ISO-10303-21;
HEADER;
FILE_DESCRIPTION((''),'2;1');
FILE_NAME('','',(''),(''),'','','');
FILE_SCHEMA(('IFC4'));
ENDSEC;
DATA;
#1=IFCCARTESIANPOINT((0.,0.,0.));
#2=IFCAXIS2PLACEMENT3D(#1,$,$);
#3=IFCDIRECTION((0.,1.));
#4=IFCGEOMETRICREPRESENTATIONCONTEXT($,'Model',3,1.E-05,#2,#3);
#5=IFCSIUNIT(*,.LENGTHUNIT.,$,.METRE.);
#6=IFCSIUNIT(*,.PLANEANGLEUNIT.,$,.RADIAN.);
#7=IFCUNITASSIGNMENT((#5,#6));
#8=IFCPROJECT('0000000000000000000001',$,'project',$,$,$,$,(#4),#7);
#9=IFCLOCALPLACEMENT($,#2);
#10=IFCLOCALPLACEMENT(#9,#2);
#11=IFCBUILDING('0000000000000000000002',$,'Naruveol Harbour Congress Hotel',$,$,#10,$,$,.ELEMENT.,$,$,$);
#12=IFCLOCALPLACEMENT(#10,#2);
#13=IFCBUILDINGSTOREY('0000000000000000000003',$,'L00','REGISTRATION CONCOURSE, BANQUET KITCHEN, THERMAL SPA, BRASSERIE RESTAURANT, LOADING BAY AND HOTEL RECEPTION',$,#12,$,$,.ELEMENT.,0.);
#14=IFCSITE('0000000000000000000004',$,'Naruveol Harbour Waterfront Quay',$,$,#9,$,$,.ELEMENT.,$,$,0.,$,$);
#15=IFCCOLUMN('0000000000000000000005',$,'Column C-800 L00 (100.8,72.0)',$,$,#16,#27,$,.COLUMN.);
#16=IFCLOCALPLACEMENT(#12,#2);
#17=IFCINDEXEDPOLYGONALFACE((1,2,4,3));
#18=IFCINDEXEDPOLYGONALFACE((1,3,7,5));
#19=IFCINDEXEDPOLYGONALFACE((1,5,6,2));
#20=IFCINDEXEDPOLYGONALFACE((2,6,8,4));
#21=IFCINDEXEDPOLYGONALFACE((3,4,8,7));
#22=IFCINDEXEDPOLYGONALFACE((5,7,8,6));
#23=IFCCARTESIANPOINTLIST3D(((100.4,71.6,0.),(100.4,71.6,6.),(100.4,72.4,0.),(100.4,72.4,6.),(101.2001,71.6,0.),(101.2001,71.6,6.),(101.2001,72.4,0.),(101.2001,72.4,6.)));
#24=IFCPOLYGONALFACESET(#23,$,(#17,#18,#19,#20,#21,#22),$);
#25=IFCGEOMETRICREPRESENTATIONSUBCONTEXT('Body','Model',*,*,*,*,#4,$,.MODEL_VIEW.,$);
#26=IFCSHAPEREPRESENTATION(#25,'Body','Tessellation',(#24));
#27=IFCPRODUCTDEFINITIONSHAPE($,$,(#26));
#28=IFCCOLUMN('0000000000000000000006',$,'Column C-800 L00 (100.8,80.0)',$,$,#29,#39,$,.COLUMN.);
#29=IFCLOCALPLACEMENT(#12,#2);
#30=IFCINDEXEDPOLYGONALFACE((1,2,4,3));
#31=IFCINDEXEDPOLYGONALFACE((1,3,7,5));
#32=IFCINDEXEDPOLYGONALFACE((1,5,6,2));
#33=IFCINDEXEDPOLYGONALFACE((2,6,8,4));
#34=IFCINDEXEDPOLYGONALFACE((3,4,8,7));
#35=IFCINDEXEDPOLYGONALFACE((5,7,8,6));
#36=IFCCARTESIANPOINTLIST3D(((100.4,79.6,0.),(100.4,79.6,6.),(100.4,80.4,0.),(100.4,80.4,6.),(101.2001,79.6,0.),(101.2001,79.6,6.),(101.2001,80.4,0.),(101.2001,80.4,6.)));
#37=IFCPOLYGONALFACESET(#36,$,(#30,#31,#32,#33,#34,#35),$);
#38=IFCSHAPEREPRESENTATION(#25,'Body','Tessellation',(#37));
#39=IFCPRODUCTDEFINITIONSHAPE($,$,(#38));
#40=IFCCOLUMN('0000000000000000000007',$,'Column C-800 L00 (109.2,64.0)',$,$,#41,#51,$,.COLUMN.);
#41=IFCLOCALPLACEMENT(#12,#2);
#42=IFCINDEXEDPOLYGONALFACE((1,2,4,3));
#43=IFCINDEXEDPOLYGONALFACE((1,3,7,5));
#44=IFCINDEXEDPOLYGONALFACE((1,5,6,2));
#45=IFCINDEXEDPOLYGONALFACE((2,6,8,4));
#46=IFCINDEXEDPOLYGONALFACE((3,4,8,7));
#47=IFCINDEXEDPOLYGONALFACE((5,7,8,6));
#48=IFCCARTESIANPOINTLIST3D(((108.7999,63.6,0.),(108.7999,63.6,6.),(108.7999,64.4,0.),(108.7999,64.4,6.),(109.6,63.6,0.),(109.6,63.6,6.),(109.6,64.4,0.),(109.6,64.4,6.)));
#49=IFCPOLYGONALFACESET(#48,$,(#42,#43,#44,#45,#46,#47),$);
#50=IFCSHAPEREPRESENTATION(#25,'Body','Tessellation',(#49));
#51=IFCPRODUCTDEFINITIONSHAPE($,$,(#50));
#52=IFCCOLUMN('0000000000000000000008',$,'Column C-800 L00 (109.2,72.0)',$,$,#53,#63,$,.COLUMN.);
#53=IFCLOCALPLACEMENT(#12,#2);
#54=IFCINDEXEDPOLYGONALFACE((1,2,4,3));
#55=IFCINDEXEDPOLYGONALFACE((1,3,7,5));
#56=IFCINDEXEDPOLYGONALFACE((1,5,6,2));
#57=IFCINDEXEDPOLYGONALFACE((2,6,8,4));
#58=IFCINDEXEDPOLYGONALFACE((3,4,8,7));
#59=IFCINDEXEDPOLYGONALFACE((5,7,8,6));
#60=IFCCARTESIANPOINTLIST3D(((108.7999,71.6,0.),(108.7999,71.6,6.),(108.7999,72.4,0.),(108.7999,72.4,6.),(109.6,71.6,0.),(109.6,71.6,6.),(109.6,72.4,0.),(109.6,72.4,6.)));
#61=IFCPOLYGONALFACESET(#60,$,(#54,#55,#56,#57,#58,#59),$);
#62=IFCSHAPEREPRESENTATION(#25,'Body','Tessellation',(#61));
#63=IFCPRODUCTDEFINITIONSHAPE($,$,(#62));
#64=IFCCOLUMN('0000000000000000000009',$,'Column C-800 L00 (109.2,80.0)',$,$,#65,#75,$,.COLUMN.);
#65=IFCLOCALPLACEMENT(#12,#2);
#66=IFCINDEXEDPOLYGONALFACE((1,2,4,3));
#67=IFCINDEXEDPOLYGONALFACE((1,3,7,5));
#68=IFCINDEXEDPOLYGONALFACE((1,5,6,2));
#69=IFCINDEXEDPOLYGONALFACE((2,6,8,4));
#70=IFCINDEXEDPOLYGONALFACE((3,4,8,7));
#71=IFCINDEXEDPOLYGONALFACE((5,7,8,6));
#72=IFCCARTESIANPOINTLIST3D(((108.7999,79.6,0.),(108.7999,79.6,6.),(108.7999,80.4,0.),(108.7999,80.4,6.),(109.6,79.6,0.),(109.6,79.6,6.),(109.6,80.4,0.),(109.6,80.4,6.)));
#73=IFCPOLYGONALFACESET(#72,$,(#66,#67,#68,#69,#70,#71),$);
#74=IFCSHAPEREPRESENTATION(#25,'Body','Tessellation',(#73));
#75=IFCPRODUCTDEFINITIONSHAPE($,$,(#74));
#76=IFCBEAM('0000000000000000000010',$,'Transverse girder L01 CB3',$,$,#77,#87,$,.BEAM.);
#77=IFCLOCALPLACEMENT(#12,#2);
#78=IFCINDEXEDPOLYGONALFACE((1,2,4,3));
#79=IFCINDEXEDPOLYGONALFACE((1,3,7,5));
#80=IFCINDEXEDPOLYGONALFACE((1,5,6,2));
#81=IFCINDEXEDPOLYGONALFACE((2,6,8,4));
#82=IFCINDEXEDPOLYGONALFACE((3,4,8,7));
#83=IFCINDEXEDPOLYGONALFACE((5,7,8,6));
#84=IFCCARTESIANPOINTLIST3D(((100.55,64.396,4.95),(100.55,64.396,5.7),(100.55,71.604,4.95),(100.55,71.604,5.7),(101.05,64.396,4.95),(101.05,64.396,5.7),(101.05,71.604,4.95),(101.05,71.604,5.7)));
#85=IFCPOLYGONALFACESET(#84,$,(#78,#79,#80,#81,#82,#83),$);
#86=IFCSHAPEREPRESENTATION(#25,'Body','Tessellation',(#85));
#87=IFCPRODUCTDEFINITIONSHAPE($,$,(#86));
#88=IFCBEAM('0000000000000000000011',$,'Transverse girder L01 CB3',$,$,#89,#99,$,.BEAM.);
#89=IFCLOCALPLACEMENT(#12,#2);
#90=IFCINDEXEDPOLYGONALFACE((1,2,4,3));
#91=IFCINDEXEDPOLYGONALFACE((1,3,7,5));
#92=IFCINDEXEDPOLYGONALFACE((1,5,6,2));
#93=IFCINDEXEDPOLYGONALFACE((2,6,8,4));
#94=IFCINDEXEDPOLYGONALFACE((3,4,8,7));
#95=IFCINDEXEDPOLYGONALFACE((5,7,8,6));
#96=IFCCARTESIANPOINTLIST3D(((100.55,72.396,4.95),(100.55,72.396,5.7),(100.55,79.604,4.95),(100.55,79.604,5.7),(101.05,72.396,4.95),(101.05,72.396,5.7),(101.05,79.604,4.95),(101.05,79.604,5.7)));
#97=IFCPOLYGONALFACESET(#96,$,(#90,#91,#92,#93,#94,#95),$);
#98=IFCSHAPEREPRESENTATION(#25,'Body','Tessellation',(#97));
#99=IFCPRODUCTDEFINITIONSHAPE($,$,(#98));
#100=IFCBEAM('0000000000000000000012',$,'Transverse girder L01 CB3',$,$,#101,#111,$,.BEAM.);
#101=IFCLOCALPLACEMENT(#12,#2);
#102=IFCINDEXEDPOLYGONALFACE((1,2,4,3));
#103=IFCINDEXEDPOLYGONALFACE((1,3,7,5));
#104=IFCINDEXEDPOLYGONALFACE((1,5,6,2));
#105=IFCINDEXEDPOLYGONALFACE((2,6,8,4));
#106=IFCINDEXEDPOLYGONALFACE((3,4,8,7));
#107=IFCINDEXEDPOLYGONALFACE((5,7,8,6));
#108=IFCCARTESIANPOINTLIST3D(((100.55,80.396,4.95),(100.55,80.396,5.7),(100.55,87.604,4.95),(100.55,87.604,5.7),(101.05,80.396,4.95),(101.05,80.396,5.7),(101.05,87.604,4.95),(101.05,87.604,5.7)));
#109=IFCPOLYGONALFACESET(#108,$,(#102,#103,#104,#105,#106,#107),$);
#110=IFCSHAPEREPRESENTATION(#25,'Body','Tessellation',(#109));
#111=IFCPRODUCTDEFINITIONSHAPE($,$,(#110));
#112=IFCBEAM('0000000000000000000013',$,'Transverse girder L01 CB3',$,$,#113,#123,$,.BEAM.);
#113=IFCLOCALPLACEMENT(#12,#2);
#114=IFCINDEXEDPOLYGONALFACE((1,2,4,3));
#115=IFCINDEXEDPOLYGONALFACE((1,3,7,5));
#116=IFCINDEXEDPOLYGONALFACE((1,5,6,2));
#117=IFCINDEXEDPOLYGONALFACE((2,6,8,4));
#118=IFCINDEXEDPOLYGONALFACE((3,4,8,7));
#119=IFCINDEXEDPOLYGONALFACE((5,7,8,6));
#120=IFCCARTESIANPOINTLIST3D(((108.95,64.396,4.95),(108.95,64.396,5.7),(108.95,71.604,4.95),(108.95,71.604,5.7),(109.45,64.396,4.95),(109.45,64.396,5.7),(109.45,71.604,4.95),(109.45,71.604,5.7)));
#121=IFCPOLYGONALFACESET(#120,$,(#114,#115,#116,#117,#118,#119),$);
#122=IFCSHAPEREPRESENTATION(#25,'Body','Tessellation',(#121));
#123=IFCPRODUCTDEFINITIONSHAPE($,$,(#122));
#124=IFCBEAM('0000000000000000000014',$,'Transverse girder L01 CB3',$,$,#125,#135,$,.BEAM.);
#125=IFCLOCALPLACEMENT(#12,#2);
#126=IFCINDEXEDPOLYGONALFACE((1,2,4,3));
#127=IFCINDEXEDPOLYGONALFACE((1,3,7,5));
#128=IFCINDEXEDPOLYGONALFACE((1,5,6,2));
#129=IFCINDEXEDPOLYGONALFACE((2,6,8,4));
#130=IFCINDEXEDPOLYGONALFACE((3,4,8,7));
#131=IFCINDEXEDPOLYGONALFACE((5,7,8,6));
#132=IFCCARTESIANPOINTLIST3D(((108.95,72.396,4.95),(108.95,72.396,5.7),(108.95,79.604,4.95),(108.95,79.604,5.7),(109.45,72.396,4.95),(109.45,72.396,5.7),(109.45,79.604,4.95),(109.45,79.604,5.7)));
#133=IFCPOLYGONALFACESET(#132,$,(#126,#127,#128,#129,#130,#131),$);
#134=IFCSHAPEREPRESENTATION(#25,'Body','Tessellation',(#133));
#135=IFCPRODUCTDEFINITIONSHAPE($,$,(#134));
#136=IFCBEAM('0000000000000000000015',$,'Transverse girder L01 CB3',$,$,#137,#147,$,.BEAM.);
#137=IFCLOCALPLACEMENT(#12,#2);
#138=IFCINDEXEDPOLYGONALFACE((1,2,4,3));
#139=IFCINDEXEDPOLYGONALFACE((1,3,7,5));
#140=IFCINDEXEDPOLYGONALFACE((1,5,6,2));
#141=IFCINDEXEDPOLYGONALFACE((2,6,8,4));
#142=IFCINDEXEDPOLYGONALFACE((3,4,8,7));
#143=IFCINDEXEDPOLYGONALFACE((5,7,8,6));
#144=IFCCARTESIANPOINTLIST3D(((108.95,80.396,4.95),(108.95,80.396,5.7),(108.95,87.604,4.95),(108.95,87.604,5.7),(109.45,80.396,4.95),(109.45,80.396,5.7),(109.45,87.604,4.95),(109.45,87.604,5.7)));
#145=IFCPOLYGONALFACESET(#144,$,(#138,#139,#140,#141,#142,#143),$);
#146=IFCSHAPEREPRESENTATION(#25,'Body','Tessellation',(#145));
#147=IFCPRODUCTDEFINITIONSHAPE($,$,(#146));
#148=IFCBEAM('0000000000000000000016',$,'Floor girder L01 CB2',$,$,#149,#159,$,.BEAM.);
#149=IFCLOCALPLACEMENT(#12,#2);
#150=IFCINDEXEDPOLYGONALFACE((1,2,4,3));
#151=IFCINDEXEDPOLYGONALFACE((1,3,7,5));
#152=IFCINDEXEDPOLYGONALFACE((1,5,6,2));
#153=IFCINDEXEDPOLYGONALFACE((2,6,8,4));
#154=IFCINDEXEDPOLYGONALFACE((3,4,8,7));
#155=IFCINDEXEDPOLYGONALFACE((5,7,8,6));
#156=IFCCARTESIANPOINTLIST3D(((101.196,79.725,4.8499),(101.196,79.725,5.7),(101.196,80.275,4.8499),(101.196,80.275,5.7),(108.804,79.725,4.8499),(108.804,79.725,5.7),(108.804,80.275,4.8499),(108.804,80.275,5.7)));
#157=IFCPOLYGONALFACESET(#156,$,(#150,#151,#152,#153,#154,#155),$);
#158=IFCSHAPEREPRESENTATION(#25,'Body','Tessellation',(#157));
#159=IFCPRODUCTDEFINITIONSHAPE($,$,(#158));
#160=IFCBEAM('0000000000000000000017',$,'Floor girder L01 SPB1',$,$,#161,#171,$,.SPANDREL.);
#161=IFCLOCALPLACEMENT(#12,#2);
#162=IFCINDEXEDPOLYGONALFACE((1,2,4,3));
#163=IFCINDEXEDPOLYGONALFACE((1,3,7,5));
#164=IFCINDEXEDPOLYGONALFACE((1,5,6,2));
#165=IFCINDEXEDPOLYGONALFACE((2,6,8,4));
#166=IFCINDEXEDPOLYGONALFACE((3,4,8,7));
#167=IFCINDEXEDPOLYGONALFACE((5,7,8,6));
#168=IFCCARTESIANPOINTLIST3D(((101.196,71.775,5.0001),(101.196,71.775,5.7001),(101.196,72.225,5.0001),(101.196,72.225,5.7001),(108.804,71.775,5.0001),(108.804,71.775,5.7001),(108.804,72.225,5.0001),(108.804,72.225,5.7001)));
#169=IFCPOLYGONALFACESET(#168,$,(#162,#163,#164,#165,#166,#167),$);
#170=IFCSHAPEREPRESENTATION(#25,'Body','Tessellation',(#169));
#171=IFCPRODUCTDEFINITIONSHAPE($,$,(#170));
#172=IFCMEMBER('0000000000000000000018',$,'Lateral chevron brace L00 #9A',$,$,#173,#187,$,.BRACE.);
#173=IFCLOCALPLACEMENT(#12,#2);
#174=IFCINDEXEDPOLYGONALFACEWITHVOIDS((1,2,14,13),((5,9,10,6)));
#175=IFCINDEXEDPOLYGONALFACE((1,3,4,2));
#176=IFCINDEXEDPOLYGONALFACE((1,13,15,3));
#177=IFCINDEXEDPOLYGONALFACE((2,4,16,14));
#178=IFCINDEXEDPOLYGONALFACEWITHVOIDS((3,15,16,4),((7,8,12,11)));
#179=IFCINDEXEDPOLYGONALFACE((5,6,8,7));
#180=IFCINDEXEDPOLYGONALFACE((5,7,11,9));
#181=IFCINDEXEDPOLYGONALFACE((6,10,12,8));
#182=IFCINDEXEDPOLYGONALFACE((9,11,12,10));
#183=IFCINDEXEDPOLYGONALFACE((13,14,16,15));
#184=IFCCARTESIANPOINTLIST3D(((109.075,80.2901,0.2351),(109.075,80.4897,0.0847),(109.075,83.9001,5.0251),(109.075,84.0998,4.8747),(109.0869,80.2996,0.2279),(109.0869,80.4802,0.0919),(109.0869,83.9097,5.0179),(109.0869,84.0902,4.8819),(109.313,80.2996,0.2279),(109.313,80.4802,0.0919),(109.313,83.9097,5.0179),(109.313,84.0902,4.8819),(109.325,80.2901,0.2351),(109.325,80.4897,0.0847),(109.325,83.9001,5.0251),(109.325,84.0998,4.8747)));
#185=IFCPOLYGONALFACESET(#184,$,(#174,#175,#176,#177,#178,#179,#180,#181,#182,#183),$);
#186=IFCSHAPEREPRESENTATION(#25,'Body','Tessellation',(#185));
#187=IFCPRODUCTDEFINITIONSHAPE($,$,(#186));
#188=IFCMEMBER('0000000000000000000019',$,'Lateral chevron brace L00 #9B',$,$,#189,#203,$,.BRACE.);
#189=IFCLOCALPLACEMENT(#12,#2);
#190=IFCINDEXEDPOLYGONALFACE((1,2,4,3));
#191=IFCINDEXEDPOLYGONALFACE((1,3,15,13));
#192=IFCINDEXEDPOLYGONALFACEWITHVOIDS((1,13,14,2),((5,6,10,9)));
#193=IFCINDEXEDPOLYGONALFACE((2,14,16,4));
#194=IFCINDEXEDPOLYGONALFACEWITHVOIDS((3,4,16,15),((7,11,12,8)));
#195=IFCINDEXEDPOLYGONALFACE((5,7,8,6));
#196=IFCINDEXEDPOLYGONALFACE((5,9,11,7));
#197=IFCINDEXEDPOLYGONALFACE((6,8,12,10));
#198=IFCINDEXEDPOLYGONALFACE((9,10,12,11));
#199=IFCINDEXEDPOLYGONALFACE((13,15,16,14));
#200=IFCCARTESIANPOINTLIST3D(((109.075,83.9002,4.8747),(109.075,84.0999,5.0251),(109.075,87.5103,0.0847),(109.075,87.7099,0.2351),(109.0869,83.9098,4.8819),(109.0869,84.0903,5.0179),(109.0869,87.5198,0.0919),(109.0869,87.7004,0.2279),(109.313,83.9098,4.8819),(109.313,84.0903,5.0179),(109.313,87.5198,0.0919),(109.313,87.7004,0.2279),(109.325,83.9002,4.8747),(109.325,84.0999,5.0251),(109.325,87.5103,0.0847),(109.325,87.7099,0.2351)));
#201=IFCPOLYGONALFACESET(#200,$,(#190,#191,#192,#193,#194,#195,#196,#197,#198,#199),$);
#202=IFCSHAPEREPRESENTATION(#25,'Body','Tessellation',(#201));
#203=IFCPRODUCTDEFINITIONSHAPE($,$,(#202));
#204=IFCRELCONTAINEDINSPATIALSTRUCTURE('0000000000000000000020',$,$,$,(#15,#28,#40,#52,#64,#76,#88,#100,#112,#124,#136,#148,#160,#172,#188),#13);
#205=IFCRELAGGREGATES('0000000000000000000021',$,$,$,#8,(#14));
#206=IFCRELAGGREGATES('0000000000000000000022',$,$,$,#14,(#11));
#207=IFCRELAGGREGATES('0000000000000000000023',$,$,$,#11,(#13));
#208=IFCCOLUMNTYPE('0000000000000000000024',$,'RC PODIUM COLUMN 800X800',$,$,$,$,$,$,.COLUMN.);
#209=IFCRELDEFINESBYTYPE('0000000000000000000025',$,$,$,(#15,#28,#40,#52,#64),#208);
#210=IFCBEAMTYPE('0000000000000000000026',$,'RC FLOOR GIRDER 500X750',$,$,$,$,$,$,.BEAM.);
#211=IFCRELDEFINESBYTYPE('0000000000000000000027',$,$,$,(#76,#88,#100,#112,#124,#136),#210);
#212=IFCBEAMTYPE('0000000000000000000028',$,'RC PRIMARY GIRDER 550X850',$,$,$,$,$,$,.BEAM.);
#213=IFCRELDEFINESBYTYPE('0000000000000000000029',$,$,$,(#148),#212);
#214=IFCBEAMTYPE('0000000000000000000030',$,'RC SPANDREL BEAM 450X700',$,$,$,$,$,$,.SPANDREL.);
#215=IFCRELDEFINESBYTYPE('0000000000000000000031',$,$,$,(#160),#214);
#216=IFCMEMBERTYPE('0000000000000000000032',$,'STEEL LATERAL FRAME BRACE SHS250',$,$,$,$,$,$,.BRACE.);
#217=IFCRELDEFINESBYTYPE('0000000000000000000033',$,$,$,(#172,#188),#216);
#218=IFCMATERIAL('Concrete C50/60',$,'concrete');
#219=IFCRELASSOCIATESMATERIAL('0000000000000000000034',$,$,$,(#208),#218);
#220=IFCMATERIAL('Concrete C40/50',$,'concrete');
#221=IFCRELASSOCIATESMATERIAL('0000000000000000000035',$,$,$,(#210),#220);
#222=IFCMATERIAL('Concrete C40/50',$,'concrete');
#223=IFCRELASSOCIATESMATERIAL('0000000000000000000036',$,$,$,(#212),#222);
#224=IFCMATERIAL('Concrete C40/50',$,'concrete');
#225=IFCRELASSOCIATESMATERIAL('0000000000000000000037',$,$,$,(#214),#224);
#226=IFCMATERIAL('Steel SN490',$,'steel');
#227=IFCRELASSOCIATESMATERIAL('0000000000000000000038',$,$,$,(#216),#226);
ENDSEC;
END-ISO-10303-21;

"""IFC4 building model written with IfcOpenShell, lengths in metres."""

from ifc_helpers import new_model, si_unit, direction, frame, origin, origin_2d, place, context, subcontext, project, spatial, rectangle, hollow_rectangle, extrude, material, material_profile, profile_set, type_object, element, save


model = new_model("IFC4")

# Units and contexts
model_context = context("Model", 3, precision=1e-05, world=origin(), true_north=direction((0.0, 1.0)))
body_context = subcontext(model_context, "Body", "Model", "MODEL_VIEW")
ifc_project = project(units=[si_unit("LENGTHUNIT", "METRE"), si_unit("PLANEANGLEUNIT", "RADIAN")], contexts=[model_context])

# Site, building, storey
site_placement = place(None, origin())
site = spatial("IfcSite", under=ifc_project, at=site_placement, Name="Naruveol Harbour Waterfront Quay", CompositionType="ELEMENT", RefElevation=0.0)
building_placement = place(site_placement, origin())
building = spatial("IfcBuilding", under=site, at=building_placement, Name="Naruveol Harbour Congress Hotel", CompositionType="ELEMENT")
storey_placement = place(building_placement, origin())
storey = spatial("IfcBuildingStorey", under=building, at=storey_placement, Name="L00", Description="REGISTRATION CONCOURSE, BANQUET KITCHEN, THERMAL SPA, BRASSERIE RESTAURANT, LOADING BAY AND HOTEL RECEPTION", CompositionType="ELEMENT", Elevation=0.0)

# Columns
ifc_material_1 = material(Name="Concrete C50/60", Category="concrete")
ifc_material_profile_1 = material_profile(ifc_material_1, rectangle(XDim=0.8, YDim=0.8, at=origin_2d()), Name="RC-800x800")
ifc_profile_set_1 = profile_set([ifc_material_profile_1], Name="Concrete C50/60")
column_type = type_object("IfcColumnType", Name="RC PODIUM COLUMN 800X800", PredefinedType="COLUMN", material=ifc_profile_set_1)
for number, where, z_axis, x_axis, name in (
    (1, (100.8, 72.0, 0.0), (0.0, 0.0, 1.0), (1.0, 0.0, 0.0), "Column C-800 L00 (100.8,72.0)"),
    (2, (100.8, 80.0, 0.0), (0.0, 0.0, 1.0), (1.0, 0.0, 0.0), "Column C-800 L00 (100.8,80.0)"),
    (3, (109.2, 64.0, 0.0), (0.0, 0.0, 1.0), (1.0, 0.0, 0.0), "Column C-800 L00 (109.2,64.0)"),
    (4, (109.2, 72.0, 0.0), (0.0, 0.0, 1.0), (1.0, 0.0, 0.0), "Column C-800 L00 (109.2,72.0)"),
    (5, (109.2, 80.0, 0.0), (0.0, 0.0, 1.0), (1.0, 0.0, 0.0), "Column C-800 L00 (109.2,80.0)"),
):
    element("IfcColumn", number, at=place(storey_placement, frame(where, z_axis=z_axis, x_axis=x_axis)), inside=storey, type_object=column_type, Name=name, PredefinedType="COLUMN", context=body_context, shape_type="SweptSolid", body=[
        extrude(rectangle(XDim=0.8, YDim=0.8, at=origin_2d()), origin(), (0.0, 0.0, 1.0), 6.0),
    ])

# Beams
ifc_material_2 = material(Name="Concrete C40/50", Category="concrete")
ifc_material_profile_2 = material_profile(ifc_material_2, rectangle(XDim=0.5, YDim=0.75, at=origin_2d()), Name="RCB-500x750")
ifc_profile_set_2 = profile_set([ifc_material_profile_2], Name="Concrete C40/50")
beam_type_1 = type_object("IfcBeamType", Name="RC FLOOR GIRDER 500X750", PredefinedType="BEAM", material=ifc_profile_set_2)
for number, where, z_axis, x_axis, name in (
    (6, (100.8, 64.396, 5.325), (0.0, 1.0, 0.0), (-1.0, 0.0, 0.0), "Transverse girder L01 CB3"),
    (7, (100.8, 72.396, 5.325), (0.0, 1.0, 0.0), (-1.0, 0.0, 0.0), "Transverse girder L01 CB3"),
    (8, (100.8, 80.396, 5.325), (0.0, 1.0, 0.0), (-1.0, 0.0, 0.0), "Transverse girder L01 CB3"),
    (9, (109.2, 64.396, 5.325), (0.0, 1.0, 0.0), (-1.0, 0.0, 0.0), "Transverse girder L01 CB3"),
    (10, (109.2, 72.396, 5.325), (0.0, 1.0, 0.0), (-1.0, 0.0, 0.0), "Transverse girder L01 CB3"),
    (11, (109.2, 80.396, 5.325), (0.0, 1.0, 0.0), (-1.0, 0.0, 0.0), "Transverse girder L01 CB3"),
):
    element("IfcBeam", number, at=place(storey_placement, frame(where, z_axis=z_axis, x_axis=x_axis)), inside=storey, type_object=beam_type_1, Name=name, PredefinedType="BEAM", context=body_context, shape_type="SweptSolid", body=[
        extrude(rectangle(XDim=0.5, YDim=0.75, at=origin_2d()), origin(), (0.0, 0.0, 1.0), 7.208),
    ])
ifc_material_3 = material(Name="Concrete C40/50", Category="concrete")
ifc_material_profile_3 = material_profile(ifc_material_3, rectangle(XDim=0.55, YDim=0.8501, at=origin_2d()), Name="RCB-550x850")
ifc_profile_set_3 = profile_set([ifc_material_profile_3], Name="Concrete C40/50")
beam_type_2 = type_object("IfcBeamType", Name="RC PRIMARY GIRDER 550X850", PredefinedType="BEAM", material=ifc_profile_set_3)
beam_1_placement = place(storey_placement, frame((101.196, 80.0, 5.2749), z_axis=(1.0, 0.0, 0.0), x_axis=(0.0, 1.0, 0.0)))
element("IfcBeam", 12, at=beam_1_placement, inside=storey, type_object=beam_type_2, Name="Floor girder L01 CB2", PredefinedType="BEAM", context=body_context, shape_type="SweptSolid", body=[
    extrude(rectangle(XDim=0.55, YDim=0.8501, at=origin_2d()), origin(), (0.0, 0.0, 1.0), 7.6079),
])
ifc_material_4 = material(Name="Concrete C40/50", Category="concrete")
ifc_material_profile_4 = material_profile(ifc_material_4, rectangle(XDim=0.45, YDim=0.7, at=origin_2d()), Name="RCB-450x700")
ifc_profile_set_4 = profile_set([ifc_material_profile_4], Name="Concrete C40/50")
beam_type_3 = type_object("IfcBeamType", Name="RC SPANDREL BEAM 450X700", PredefinedType="SPANDREL", material=ifc_profile_set_4)
beam_2_placement = place(storey_placement, frame((101.196, 72.0, 5.3501), z_axis=(1.0, 0.0, 0.0), x_axis=(0.0, 1.0, 0.0)))
element("IfcBeam", 13, at=beam_2_placement, inside=storey, type_object=beam_type_3, Name="Floor girder L01 SPB1", PredefinedType="SPANDREL", context=body_context, shape_type="SweptSolid", body=[
    extrude(rectangle(XDim=0.45, YDim=0.7, at=origin_2d()), origin(), (0.0, 0.0, 1.0), 7.6079),
])

# Members
ifc_material_5 = material(Name="Steel SN490", Category="steel")
ifc_material_profile_5 = material_profile(ifc_material_5, hollow_rectangle(XDim=0.25, YDim=0.25, WallThickness=0.012, at=origin_2d()), Name="SHS-250x250x12")
ifc_profile_set_5 = profile_set([ifc_material_profile_5], Name="Steel SN490")
member_type_1 = type_object("IfcMemberType", Name="STEEL LATERAL FRAME BRACE SHS250", PredefinedType="BRACE", material=ifc_profile_set_5)
for number, where, z_axis, x_axis, name in (
    (14, (109.2, 80.3899, 0.1599), (0.0, 0.601874, 0.798591), (-1.0, 0.0, 0.0), "Lateral chevron brace L00 #9A"),
    (15, (109.2, 87.6101, 0.1599), (0.0, -0.601874, 0.798591), (1.0, 0.0, 0.0), "Lateral chevron brace L00 #9B"),
):
    element("IfcMember", number, at=place(storey_placement, frame(where, z_axis=z_axis, x_axis=x_axis)), inside=storey, type_object=member_type_1, Name=name, PredefinedType="BRACE", context=body_context, shape_type="SweptSolid", body=[
        extrude(hollow_rectangle(XDim=0.25, YDim=0.25, WallThickness=0.012, at=origin_2d()), origin(), (0.0, 0.0, 1.0), 5.998),
    ])

save(model, "model.ifc")
